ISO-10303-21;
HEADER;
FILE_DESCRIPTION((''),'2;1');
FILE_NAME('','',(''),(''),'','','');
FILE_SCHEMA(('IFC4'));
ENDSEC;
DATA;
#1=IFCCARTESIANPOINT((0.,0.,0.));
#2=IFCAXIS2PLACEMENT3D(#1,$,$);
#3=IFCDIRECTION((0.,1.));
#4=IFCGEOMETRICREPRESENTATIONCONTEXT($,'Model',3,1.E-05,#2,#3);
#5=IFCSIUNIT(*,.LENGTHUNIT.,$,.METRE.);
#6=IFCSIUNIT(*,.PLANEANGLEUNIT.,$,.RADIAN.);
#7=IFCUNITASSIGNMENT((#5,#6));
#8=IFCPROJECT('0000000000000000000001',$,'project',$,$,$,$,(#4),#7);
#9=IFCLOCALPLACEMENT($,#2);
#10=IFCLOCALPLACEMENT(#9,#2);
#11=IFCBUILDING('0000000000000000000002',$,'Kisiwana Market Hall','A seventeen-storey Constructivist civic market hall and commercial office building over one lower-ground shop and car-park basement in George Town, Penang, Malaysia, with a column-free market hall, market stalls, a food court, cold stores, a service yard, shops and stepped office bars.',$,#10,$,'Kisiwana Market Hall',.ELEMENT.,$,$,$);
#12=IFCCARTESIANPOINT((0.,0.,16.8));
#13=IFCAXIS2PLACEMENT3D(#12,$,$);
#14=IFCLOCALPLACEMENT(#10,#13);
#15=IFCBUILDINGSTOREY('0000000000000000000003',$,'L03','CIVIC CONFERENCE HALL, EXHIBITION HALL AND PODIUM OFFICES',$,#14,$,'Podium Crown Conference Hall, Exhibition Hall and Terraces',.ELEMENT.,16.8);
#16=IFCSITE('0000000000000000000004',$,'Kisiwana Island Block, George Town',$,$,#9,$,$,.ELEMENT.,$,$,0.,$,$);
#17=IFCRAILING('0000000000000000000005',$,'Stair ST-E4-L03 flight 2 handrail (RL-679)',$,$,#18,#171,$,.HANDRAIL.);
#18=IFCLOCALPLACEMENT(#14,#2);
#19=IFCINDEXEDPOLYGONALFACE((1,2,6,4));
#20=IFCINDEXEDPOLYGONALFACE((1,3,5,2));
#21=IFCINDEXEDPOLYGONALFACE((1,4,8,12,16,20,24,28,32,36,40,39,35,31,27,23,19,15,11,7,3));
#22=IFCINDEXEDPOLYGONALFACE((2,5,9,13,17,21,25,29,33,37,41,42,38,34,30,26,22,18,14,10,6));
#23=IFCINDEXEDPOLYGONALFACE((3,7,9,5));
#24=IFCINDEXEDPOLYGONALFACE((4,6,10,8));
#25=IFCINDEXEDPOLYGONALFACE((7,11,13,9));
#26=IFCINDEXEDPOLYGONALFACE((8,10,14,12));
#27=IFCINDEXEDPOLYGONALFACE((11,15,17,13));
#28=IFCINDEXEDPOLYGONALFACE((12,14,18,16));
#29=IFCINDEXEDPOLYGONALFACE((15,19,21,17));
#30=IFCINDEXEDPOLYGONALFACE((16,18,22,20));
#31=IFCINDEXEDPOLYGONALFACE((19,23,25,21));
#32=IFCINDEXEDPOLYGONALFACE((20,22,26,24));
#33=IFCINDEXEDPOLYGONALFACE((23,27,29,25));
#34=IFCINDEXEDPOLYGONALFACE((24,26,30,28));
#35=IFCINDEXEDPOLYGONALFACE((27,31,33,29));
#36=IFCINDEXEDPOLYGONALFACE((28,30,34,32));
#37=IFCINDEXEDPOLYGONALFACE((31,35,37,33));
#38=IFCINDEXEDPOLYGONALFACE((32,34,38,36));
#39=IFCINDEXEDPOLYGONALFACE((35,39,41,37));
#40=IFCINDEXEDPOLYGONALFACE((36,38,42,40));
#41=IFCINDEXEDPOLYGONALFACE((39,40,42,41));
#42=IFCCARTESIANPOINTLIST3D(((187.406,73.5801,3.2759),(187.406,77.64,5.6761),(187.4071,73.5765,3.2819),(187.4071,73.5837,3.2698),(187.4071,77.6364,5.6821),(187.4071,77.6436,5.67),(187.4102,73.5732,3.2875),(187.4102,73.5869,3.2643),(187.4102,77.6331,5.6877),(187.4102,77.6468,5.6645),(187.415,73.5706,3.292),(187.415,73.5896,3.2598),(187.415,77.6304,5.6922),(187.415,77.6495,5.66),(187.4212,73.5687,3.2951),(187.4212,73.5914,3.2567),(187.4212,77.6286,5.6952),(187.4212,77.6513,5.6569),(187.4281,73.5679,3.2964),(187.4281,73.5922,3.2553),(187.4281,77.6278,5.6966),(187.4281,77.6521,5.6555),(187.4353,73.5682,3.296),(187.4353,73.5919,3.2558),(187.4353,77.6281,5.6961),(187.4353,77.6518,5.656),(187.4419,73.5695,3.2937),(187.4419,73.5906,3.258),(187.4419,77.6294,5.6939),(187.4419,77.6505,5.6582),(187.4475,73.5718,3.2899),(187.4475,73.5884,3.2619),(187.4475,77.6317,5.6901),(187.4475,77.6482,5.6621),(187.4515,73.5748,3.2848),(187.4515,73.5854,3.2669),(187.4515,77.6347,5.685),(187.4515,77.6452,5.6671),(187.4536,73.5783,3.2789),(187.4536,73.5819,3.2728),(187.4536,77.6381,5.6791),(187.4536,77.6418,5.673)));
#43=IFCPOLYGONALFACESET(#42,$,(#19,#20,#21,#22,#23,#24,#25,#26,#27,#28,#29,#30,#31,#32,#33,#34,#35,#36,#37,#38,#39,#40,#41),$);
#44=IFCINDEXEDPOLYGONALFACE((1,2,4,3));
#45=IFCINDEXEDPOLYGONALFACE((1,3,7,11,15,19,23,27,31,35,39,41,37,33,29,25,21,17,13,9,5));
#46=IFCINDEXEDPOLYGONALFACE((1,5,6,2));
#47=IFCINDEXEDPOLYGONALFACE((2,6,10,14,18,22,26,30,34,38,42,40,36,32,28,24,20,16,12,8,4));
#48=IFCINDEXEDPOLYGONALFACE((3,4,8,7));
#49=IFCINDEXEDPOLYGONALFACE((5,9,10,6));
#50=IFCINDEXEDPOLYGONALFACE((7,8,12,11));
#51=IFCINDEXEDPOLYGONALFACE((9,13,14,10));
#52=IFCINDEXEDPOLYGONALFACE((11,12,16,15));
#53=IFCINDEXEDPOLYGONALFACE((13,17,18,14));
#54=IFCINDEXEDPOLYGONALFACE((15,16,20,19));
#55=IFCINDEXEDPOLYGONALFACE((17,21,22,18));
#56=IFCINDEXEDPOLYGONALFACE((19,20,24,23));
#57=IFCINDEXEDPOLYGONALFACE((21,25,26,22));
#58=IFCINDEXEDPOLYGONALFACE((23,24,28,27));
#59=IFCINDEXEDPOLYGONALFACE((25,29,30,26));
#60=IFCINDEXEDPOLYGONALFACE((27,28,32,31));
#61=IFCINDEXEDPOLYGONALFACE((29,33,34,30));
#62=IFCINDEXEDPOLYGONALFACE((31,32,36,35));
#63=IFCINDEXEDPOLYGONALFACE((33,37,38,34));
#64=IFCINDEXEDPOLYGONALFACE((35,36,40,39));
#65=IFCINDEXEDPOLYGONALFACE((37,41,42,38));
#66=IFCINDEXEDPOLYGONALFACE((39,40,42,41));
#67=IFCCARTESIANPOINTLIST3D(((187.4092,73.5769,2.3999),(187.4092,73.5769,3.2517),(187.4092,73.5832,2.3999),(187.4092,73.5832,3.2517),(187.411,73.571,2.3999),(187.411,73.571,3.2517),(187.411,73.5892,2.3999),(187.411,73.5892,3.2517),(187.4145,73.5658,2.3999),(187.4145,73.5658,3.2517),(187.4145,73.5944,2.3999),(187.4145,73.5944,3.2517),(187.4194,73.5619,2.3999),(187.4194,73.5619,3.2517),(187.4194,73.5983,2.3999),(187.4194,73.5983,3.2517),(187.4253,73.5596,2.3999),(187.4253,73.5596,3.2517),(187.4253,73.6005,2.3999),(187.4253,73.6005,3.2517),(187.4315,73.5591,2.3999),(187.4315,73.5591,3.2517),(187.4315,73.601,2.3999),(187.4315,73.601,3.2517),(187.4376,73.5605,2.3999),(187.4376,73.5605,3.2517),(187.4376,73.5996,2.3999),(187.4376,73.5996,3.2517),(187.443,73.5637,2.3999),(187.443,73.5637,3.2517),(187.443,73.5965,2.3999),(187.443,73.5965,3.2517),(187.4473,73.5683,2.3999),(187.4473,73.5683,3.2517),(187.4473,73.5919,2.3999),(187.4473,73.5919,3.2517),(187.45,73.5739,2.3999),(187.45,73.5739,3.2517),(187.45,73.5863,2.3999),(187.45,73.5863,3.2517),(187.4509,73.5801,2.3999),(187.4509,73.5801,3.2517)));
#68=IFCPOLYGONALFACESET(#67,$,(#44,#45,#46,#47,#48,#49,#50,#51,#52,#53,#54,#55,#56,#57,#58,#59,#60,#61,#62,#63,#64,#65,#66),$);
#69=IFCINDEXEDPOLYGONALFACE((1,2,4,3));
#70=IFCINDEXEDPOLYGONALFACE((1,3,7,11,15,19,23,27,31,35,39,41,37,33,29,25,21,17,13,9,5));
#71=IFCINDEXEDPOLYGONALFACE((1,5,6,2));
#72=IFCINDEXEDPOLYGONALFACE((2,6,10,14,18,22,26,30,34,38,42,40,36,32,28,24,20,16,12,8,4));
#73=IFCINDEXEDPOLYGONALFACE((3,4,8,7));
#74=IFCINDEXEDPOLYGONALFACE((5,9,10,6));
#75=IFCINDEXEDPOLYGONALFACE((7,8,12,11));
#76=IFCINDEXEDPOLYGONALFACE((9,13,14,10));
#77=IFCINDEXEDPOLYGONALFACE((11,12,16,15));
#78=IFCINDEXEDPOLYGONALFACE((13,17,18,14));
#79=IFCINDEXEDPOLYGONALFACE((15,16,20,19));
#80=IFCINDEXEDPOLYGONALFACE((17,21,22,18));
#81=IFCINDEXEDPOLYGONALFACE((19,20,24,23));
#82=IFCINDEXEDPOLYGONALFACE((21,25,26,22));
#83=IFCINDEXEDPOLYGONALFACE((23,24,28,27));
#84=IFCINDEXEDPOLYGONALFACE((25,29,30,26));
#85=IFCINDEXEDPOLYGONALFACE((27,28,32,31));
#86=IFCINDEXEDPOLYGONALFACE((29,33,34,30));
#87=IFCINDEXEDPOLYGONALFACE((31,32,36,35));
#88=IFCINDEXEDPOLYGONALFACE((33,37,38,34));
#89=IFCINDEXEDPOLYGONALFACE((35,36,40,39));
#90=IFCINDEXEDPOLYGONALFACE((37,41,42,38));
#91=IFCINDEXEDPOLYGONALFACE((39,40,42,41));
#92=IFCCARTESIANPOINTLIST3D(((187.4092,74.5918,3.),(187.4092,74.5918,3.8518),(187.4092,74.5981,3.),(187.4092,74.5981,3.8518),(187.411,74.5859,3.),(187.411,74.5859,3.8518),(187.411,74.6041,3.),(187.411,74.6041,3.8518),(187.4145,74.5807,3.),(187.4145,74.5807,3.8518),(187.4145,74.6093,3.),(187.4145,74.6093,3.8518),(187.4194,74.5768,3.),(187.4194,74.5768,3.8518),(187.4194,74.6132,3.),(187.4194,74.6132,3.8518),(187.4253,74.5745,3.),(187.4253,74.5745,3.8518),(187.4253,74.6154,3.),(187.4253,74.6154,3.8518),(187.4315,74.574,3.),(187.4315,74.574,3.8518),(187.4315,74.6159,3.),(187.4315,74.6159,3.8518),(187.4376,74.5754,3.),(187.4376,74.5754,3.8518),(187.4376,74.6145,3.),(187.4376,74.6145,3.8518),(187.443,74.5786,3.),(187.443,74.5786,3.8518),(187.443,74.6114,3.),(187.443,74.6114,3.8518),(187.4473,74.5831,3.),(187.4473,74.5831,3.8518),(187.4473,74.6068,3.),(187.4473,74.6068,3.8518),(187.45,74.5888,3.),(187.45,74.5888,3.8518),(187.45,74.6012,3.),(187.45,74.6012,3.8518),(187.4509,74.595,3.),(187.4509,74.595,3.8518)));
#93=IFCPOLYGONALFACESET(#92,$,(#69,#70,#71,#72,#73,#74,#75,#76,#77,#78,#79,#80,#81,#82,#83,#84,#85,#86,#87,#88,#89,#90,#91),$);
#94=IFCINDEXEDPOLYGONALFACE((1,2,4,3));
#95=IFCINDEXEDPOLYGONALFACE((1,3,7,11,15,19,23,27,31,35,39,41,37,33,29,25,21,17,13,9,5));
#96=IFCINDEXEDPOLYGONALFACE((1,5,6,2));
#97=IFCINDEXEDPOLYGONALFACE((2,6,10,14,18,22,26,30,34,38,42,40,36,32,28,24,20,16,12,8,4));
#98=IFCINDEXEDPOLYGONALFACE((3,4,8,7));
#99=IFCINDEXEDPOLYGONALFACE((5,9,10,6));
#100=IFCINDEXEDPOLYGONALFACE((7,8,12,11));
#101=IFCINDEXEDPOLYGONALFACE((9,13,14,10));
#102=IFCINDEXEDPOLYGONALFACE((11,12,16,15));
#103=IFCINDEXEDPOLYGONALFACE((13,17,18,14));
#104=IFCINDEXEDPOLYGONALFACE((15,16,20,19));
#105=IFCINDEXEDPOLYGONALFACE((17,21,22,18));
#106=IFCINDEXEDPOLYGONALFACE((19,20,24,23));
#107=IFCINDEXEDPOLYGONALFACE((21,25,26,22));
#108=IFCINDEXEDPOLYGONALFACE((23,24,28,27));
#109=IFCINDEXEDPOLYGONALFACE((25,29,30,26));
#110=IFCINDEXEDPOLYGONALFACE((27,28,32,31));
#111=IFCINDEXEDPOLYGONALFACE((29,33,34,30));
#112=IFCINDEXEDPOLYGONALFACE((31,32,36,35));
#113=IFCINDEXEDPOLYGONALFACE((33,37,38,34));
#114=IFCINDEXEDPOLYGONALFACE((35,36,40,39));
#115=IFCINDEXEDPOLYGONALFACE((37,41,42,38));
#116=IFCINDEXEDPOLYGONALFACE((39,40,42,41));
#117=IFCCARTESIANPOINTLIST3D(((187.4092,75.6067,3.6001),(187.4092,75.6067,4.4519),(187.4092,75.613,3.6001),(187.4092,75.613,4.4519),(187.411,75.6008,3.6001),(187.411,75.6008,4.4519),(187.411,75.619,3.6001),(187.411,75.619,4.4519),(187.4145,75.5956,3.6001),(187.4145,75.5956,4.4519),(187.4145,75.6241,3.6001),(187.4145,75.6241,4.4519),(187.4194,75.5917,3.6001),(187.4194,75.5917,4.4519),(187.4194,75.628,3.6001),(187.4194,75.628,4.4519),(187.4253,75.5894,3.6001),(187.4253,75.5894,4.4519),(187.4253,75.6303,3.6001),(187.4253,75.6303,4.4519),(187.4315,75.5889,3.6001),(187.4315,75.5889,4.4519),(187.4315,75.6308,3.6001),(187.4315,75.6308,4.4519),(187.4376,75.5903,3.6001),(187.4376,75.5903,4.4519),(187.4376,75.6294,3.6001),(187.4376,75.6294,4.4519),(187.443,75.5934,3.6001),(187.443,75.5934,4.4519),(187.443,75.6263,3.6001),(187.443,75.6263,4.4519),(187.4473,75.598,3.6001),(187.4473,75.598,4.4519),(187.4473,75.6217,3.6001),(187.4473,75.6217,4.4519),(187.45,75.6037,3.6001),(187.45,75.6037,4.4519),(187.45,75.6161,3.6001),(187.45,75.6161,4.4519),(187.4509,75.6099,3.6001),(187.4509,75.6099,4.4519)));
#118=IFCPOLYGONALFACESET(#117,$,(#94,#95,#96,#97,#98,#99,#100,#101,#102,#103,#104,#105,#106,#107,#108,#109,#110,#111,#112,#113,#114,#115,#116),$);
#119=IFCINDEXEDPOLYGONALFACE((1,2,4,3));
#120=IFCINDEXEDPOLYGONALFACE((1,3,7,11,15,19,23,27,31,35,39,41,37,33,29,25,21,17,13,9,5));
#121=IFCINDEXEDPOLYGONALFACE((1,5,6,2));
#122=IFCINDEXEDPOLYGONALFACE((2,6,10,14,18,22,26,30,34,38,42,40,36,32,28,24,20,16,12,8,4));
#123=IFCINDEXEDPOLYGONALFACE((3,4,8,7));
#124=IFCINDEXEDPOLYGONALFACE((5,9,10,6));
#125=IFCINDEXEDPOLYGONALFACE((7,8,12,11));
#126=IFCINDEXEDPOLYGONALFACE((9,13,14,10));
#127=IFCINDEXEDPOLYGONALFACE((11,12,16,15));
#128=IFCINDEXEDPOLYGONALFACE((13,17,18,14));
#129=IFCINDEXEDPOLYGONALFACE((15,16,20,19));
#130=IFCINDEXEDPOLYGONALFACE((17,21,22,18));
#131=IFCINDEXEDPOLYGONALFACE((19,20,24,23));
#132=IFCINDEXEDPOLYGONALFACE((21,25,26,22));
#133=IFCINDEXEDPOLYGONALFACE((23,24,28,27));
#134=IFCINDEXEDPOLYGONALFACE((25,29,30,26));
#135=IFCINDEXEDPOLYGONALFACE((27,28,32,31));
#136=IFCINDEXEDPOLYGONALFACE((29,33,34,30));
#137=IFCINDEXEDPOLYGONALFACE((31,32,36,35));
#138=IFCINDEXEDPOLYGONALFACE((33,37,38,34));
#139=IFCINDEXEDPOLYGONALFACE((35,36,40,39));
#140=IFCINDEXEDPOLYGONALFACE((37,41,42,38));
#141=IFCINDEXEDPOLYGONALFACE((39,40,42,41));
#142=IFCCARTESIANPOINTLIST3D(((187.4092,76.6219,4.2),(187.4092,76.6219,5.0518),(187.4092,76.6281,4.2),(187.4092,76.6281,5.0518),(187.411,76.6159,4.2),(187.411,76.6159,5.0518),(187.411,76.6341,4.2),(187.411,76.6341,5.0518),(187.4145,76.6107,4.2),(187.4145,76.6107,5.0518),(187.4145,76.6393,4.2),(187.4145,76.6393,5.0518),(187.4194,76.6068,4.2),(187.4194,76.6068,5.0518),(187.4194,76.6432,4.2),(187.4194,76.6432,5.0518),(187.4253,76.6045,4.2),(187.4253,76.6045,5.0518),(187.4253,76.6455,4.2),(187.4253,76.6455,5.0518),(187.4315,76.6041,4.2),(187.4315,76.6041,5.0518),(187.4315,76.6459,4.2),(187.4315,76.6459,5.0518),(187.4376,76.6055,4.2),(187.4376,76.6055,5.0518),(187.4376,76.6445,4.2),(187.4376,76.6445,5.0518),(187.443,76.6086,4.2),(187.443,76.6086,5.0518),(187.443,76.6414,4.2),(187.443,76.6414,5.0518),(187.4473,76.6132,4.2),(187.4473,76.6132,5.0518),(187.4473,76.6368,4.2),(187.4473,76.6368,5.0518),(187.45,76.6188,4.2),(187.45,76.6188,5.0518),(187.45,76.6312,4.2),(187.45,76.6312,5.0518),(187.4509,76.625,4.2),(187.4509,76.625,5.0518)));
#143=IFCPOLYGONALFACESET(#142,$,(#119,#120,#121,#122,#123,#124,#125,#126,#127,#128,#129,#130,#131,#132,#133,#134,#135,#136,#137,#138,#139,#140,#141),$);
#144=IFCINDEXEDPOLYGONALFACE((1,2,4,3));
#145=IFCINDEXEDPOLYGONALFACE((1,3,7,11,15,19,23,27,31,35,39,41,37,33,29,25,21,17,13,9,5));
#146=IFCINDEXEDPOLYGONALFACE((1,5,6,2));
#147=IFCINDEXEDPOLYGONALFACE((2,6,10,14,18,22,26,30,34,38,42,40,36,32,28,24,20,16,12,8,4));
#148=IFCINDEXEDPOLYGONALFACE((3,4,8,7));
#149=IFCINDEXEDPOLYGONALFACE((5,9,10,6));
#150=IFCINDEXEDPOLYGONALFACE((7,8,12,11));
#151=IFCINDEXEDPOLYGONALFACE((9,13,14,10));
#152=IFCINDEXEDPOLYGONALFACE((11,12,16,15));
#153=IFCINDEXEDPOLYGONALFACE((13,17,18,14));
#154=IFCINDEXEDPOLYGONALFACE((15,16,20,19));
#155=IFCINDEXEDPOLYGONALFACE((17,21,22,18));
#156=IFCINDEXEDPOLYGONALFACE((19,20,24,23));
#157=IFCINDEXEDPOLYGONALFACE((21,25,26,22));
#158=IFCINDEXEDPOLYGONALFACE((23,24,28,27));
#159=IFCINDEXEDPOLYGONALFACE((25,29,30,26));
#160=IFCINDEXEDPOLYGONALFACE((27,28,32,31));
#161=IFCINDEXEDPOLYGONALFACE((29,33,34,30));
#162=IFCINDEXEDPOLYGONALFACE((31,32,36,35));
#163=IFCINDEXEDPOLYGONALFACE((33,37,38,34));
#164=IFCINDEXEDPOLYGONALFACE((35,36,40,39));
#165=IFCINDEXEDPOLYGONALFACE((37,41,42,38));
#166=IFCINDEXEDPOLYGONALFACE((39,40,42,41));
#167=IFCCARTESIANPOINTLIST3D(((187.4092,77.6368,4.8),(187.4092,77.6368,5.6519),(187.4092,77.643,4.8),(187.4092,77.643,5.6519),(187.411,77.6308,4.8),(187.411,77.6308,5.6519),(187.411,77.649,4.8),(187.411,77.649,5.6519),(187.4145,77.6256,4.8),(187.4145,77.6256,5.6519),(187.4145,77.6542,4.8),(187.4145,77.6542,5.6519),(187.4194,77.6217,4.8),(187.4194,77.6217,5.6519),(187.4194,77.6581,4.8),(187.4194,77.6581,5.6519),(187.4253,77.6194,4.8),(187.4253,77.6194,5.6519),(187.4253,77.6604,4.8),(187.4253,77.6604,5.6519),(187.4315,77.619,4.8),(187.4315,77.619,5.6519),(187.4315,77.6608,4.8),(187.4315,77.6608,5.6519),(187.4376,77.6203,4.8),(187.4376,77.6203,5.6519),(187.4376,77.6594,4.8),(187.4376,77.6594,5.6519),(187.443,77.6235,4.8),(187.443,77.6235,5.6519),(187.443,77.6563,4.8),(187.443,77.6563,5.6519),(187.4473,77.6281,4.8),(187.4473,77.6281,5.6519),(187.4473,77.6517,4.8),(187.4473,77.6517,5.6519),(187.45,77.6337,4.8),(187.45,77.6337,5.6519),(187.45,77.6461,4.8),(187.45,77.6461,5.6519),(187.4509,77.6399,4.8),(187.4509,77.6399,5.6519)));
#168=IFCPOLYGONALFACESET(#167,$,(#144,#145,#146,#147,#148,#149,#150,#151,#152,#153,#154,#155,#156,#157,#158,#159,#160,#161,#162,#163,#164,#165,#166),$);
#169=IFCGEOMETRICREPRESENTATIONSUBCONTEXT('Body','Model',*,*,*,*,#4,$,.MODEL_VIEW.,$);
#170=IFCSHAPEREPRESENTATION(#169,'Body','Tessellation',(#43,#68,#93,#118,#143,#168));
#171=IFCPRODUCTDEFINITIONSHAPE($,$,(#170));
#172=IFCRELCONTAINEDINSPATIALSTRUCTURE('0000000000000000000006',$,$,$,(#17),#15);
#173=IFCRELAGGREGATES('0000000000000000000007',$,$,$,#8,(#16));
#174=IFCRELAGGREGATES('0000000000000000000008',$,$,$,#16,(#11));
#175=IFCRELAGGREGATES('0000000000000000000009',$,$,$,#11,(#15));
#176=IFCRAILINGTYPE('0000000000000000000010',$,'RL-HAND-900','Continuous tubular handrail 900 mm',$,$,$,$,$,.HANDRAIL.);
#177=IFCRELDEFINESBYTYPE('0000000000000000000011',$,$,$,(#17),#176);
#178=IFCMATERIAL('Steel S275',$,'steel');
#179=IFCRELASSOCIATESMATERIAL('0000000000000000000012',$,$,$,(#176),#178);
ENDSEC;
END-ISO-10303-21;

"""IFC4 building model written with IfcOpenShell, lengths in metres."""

from ifc_helpers import new_model, si_unit, direction, frame, origin, origin_2d, place, context, subcontext, project, spatial, circle, extrude, material, type_object, element, save


model = new_model("IFC4")

# Units and contexts
model_context = context("Model", 3, precision=1e-05, world=origin(), true_north=direction((0.0, 1.0)))
body_context = subcontext(model_context, "Body", "Model", "MODEL_VIEW")
ifc_project = project(units=[si_unit("LENGTHUNIT", "METRE"), si_unit("PLANEANGLEUNIT", "RADIAN")], contexts=[model_context])

# Site, building, storey
site_placement = place(None, origin())
site = spatial("IfcSite", under=ifc_project, at=site_placement, Name="Kisiwana Island Block, George Town", CompositionType="ELEMENT", RefElevation=0.0)
building_placement = place(site_placement, origin())
building = spatial("IfcBuilding", under=site, at=building_placement, Name="Kisiwana Market Hall", Description="A seventeen-storey Constructivist civic market hall and commercial office building over one lower-ground shop and car-park basement in George Town, Penang, Malaysia, with a column-free market hall, market stalls, a food court, cold stores, a service yard, shops and stepped office bars.", LongName="Kisiwana Market Hall", CompositionType="ELEMENT")
storey_placement = place(building_placement, frame((0.0, 0.0, 16.8)))
storey = spatial("IfcBuildingStorey", under=building, at=storey_placement, Name="L03", Description="CIVIC CONFERENCE HALL, EXHIBITION HALL AND PODIUM OFFICES", LongName="Podium Crown Conference Hall, Exhibition Hall and Terraces", CompositionType="ELEMENT", Elevation=16.8)

# Railing
ifc_material_1 = material(Name="Steel S275", Category="steel")
railing_type_1 = type_object("IfcRailingType", Name="RL-HAND-900", Description="Continuous tubular handrail 900 mm", PredefinedType="HANDRAIL", material=ifc_material_1)
for number, where, name in (
    (1, (187.4299, 73.5801, 2.3999), "Stair ST-E4-L03 flight 2 handrail (RL-679)"),
):
    element("IfcRailing", number, at=place(storey_placement, frame(where)), inside=storey, type_object=railing_type_1, Name=name, PredefinedType="HANDRAIL", context=body_context, shape_type="SweptSolid", body=[
        extrude(circle(Radius=0.0239, at=origin_2d()), frame((0.0, 0.0, 0.876), z_axis=(0.0, 0.860818, 0.508912), x_axis=(-1.0, 0.0, 0.0)), (0.0, 0.0, 1.0), 4.7163),
        extrude(circle(Radius=0.021, at=origin_2d()), origin(), (0.0, 0.0, 1.0), 0.8518),
        extrude(circle(Radius=0.021, at=origin_2d()), frame((0.0, 1.0149, 0.6001)), (0.0, 0.0, 1.0), 0.8518),
        extrude(circle(Radius=0.021, at=origin_2d()), frame((0.0, 2.0298, 1.2002)), (0.0, 0.0, 1.0), 0.8518),
        extrude(circle(Radius=0.021, at=origin_2d()), frame((0.0, 3.0449, 1.8)), (0.0, 0.0, 1.0), 0.8518),
        extrude(circle(Radius=0.021, at=origin_2d()), frame((0.0, 4.0598, 2.4001)), (0.0, 0.0, 1.0), 0.8518),
    ])

save(model, "model.ifc")
